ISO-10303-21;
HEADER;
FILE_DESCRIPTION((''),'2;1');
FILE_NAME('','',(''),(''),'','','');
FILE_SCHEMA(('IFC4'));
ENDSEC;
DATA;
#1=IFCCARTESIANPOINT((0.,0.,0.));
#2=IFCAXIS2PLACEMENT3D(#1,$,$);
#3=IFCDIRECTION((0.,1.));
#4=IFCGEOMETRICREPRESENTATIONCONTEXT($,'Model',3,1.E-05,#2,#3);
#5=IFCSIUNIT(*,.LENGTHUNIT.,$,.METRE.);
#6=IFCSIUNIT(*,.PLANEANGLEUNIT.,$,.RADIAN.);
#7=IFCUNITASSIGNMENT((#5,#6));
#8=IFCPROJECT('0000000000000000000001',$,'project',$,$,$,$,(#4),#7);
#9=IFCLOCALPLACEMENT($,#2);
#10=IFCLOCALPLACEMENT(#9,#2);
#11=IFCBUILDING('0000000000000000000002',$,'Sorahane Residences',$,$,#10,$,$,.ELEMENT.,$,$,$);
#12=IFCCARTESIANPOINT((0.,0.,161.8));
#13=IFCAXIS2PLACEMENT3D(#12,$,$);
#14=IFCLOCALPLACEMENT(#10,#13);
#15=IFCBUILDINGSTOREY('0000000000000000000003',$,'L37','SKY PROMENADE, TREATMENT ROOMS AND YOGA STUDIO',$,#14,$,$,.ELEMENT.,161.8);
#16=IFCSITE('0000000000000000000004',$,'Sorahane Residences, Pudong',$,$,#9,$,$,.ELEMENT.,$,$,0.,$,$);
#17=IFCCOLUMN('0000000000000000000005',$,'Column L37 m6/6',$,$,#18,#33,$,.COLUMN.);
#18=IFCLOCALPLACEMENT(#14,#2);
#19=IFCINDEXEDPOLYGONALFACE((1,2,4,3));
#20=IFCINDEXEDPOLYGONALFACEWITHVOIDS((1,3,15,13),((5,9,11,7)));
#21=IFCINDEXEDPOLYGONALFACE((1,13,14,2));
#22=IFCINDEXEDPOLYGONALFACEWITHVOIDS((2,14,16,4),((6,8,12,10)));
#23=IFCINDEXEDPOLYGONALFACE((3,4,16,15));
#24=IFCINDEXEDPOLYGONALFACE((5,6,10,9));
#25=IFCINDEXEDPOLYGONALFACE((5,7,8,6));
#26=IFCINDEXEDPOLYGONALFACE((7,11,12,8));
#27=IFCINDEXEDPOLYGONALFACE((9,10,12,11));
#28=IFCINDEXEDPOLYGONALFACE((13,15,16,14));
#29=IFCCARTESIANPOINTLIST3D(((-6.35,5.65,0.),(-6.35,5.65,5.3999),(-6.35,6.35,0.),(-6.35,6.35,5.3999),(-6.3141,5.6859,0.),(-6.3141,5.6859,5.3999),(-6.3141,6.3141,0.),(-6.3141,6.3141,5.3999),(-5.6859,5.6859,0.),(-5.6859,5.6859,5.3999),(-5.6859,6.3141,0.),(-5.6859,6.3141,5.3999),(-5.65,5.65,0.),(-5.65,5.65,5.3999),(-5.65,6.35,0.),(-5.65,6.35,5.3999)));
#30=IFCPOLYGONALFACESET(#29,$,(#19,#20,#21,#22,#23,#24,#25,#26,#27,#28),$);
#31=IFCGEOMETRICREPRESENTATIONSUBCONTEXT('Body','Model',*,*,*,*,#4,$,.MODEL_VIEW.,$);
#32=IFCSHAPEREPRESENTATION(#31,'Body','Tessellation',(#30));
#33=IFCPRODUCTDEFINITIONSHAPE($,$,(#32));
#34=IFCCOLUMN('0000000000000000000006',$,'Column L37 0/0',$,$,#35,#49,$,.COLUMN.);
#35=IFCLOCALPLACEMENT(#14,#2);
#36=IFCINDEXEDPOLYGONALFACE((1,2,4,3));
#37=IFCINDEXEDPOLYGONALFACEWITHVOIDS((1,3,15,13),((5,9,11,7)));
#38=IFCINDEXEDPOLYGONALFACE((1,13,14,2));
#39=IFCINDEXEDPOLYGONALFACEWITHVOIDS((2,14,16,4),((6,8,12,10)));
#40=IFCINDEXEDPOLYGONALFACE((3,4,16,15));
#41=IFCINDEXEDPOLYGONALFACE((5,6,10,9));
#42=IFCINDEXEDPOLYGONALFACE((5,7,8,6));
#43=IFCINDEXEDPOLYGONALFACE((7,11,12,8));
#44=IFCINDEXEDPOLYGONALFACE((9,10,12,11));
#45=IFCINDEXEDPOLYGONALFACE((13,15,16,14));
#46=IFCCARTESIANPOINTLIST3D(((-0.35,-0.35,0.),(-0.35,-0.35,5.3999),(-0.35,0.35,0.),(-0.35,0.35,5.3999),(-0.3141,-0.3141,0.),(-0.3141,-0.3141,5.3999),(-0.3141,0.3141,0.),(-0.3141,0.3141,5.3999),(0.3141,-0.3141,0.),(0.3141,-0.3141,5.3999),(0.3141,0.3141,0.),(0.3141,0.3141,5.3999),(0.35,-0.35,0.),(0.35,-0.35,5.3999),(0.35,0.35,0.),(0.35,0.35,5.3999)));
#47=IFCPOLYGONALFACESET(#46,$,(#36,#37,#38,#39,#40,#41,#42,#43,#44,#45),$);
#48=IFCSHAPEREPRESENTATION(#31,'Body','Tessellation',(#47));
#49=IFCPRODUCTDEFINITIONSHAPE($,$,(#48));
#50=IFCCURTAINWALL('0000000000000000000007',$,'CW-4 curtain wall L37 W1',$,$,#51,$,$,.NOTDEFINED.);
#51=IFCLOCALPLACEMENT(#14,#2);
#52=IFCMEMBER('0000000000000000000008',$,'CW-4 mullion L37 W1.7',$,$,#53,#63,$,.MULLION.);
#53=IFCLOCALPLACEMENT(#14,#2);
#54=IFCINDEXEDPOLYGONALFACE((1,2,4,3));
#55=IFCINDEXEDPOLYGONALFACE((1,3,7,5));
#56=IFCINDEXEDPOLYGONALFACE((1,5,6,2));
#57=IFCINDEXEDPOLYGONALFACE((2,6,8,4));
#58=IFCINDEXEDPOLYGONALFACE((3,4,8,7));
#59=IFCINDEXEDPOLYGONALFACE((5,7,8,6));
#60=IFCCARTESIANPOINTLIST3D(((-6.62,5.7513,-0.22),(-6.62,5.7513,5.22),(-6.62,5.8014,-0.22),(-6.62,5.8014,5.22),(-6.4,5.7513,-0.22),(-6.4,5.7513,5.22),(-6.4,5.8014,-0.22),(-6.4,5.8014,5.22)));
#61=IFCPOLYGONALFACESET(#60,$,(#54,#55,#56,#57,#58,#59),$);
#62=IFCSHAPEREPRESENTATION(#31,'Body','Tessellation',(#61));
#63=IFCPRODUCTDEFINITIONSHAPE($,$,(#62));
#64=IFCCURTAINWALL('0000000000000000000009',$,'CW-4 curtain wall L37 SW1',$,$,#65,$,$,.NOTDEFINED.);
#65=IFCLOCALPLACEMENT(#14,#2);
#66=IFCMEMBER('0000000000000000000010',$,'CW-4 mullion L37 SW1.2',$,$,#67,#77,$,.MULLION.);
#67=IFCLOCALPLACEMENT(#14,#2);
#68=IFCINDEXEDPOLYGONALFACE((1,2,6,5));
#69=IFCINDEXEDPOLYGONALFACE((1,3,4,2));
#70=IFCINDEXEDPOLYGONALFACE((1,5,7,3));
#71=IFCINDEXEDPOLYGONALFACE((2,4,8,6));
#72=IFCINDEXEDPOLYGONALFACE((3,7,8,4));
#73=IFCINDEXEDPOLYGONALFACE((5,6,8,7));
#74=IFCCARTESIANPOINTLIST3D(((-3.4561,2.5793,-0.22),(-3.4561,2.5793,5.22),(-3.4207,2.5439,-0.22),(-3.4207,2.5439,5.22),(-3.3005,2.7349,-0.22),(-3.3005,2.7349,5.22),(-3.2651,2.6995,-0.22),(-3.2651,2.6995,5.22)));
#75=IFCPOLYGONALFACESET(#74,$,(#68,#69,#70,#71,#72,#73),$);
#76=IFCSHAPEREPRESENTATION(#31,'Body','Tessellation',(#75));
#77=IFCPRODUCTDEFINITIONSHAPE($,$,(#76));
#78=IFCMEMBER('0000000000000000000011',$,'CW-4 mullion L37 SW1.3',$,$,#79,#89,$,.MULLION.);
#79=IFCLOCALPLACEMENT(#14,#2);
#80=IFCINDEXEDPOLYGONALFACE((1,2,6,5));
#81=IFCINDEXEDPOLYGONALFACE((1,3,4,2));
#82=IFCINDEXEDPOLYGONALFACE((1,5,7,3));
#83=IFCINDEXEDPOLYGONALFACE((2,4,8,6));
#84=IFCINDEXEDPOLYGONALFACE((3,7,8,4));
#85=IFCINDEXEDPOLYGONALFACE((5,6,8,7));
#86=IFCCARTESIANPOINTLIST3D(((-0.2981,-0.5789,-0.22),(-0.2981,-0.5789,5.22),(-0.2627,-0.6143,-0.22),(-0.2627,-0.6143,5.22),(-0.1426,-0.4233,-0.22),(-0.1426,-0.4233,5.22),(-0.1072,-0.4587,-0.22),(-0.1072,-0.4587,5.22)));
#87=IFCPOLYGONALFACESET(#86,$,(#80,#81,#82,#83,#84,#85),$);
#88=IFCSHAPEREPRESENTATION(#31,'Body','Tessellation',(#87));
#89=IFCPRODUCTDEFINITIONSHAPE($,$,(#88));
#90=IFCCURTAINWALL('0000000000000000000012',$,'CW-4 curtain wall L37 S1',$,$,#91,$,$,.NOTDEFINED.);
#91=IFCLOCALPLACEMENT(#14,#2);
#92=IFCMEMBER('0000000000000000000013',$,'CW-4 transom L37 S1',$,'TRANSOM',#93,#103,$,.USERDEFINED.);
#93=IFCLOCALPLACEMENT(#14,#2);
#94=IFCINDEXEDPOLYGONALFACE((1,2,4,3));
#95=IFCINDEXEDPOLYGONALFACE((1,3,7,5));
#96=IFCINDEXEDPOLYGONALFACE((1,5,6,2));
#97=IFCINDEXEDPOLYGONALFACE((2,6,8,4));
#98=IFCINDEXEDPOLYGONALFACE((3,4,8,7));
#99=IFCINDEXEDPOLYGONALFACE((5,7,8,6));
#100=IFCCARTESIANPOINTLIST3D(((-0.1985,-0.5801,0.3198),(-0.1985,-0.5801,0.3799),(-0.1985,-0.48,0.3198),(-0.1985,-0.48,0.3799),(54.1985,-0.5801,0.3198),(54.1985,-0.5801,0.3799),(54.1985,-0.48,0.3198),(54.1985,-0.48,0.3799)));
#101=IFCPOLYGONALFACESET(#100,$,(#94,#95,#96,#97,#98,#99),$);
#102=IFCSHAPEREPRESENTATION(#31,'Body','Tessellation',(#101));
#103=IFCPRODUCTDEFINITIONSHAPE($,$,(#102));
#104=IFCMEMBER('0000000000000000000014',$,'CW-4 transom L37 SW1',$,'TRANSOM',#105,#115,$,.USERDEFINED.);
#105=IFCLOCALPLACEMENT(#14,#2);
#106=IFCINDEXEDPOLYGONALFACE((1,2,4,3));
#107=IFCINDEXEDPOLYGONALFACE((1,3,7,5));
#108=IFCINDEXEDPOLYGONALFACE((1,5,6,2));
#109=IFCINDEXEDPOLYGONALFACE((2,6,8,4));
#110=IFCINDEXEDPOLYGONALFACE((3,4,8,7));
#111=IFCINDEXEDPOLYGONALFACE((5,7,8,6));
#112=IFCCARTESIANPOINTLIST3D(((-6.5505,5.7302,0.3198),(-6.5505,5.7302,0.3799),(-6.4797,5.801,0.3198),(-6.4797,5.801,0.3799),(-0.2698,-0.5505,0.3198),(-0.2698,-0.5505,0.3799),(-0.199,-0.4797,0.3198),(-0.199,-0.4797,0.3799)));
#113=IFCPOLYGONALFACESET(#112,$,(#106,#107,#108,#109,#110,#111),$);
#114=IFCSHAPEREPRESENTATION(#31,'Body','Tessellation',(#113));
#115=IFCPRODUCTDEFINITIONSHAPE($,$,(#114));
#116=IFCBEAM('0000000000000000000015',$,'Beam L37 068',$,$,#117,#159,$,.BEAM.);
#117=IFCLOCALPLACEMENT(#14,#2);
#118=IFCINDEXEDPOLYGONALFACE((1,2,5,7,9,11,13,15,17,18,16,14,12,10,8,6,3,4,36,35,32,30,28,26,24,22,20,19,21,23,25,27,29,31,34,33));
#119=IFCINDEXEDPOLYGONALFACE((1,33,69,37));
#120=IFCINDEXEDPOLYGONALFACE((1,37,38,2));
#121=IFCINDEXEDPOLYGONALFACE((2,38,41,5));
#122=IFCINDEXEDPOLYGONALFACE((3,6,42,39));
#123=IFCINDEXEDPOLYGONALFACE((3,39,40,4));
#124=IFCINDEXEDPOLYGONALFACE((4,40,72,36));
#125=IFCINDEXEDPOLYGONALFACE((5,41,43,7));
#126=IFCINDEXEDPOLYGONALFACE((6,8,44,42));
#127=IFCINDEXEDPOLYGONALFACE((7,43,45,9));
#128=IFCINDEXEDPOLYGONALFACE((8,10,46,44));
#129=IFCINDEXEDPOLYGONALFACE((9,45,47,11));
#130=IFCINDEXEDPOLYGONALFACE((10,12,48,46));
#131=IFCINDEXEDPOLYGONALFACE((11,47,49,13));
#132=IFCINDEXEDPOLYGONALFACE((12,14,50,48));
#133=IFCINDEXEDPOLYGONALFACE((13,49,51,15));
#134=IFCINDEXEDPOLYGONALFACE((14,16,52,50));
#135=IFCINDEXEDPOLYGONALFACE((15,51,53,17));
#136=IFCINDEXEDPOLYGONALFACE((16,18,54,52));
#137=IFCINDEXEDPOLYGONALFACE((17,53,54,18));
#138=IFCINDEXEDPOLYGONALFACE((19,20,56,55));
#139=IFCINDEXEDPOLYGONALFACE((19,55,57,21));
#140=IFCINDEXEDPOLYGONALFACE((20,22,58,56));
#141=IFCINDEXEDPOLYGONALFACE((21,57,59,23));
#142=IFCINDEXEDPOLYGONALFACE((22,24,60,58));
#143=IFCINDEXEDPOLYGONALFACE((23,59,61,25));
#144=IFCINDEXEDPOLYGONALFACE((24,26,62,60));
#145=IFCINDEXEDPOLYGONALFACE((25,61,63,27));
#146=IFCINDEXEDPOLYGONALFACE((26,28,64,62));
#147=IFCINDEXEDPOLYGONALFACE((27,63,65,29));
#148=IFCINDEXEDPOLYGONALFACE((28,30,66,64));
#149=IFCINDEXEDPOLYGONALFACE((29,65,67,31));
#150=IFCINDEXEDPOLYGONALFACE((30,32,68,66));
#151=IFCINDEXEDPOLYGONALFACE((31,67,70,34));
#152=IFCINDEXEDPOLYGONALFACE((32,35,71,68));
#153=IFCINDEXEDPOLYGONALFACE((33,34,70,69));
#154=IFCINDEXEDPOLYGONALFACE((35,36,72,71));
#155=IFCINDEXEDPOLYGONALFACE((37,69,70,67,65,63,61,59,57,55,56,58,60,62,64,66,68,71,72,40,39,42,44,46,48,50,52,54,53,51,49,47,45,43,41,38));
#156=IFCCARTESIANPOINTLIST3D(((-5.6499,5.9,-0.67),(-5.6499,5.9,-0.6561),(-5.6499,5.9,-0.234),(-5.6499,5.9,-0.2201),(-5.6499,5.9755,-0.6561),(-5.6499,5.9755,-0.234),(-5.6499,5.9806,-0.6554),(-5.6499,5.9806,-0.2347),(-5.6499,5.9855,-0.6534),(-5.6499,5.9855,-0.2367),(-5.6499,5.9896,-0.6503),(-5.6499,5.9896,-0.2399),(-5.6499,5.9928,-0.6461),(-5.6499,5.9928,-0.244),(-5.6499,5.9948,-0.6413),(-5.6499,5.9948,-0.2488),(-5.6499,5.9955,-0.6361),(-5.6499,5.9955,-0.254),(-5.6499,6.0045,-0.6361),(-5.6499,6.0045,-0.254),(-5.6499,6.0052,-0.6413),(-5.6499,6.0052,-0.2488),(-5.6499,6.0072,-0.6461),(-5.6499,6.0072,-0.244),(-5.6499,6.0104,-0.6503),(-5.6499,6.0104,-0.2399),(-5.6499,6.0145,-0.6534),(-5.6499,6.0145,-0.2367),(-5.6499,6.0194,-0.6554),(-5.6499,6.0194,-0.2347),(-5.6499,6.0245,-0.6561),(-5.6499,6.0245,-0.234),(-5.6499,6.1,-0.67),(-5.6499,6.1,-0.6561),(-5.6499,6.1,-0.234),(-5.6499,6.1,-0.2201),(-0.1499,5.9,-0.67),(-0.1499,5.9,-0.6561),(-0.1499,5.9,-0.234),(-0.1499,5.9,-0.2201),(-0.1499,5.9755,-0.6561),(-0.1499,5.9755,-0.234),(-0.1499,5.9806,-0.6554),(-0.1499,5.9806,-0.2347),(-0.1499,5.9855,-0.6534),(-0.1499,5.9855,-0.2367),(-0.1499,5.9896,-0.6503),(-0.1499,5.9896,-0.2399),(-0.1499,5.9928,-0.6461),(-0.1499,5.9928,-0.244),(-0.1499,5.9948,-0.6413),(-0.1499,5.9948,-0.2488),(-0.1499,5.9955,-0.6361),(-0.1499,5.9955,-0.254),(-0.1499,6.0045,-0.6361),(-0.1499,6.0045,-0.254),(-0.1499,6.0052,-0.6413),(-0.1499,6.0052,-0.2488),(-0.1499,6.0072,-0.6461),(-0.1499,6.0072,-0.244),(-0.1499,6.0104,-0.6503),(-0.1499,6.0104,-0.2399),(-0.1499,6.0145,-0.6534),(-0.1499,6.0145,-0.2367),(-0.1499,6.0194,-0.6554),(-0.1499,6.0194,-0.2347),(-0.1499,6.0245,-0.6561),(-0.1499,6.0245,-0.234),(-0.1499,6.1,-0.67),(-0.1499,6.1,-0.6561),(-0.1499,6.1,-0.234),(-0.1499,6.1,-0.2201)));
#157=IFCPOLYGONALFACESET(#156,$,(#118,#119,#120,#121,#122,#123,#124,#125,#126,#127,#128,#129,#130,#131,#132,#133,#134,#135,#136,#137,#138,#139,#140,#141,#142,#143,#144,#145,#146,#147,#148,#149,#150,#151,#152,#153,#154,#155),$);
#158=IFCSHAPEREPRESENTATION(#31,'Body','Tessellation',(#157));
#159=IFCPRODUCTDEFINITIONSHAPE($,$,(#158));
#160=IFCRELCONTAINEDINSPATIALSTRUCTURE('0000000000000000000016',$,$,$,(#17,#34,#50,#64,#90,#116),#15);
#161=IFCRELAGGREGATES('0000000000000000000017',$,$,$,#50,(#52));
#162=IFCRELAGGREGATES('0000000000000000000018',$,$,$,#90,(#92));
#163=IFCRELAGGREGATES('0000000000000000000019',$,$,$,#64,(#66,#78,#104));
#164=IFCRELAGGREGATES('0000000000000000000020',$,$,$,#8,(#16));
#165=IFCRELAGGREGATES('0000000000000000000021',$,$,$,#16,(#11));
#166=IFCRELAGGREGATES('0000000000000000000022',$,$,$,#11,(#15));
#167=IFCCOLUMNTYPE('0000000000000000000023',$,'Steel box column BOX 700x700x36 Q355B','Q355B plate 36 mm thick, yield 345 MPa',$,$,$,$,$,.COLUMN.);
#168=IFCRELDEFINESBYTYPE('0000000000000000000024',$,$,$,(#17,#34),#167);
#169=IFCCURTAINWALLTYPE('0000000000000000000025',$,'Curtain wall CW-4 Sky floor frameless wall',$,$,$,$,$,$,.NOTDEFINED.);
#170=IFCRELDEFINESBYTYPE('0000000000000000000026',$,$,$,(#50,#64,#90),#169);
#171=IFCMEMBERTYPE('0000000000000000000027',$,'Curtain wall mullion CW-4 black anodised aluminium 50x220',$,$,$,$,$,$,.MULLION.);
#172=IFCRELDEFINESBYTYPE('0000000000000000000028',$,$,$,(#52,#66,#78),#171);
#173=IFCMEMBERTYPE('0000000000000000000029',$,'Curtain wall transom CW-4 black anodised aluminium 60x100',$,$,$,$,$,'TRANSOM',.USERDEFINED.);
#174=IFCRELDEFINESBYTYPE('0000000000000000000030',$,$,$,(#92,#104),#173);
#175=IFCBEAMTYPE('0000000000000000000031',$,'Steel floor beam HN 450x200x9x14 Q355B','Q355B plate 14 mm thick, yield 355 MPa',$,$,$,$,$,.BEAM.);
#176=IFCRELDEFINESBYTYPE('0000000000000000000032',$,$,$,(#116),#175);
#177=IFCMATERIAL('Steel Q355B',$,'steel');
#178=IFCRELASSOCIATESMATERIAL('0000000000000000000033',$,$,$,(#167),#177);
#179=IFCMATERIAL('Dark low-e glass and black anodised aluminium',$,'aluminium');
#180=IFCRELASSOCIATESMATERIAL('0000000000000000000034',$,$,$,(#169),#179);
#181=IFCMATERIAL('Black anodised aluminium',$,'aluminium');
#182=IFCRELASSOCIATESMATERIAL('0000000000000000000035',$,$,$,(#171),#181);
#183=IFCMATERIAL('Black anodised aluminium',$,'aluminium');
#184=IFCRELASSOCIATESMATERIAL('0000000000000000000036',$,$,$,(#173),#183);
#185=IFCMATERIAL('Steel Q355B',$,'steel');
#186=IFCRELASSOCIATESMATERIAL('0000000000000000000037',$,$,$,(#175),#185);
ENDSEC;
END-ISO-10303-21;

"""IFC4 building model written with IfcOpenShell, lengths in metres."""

from ifc_helpers import new_model, si_unit, direction, frame, origin, origin_2d, place, context, subcontext, project, spatial, rectangle, hollow_rectangle, i_section, extrude, material, material_profile, profile_set, type_object, element, aggregate, save


model = new_model("IFC4")

# Units and contexts
model_context = context("Model", 3, precision=1e-05, world=origin(), true_north=direction((0.0, 1.0)))
body_context = subcontext(model_context, "Body", "Model", "MODEL_VIEW")
ifc_project = project(units=[si_unit("LENGTHUNIT", "METRE"), si_unit("PLANEANGLEUNIT", "RADIAN")], contexts=[model_context])

# Site, building, storey
site_placement = place(None, origin())
site = spatial("IfcSite", under=ifc_project, at=site_placement, Name="Sorahane Residences, Pudong", CompositionType="ELEMENT", RefElevation=0.0)
building_placement = place(site_placement, origin())
building = spatial("IfcBuilding", under=site, at=building_placement, Name="Sorahane Residences", CompositionType="ELEMENT")
storey_placement = place(building_placement, frame((0.0, 0.0, 161.8)))
storey = spatial("IfcBuildingStorey", under=building, at=storey_placement, Name="L37", Description="SKY PROMENADE, TREATMENT ROOMS AND YOGA STUDIO", CompositionType="ELEMENT", Elevation=161.8)

# Columns
ifc_material_1 = material(Name="Steel Q355B", Category="steel")
ifc_material_profile_1 = material_profile(ifc_material_1, hollow_rectangle(XDim=0.7, YDim=0.7, WallThickness=0.0359, at=origin_2d()), Name="BOX 700x700x36")
ifc_profile_set_1 = profile_set([ifc_material_profile_1], Name="Steel Q355B")
column_type = type_object("IfcColumnType", Name="Steel box column BOX 700x700x36 Q355B", Description="Q355B plate 36 mm thick, yield 345 MPa", PredefinedType="COLUMN", material=ifc_profile_set_1)
for number, where, z_axis, x_axis, name in (
    (1, (-6.0, 6.0, 0.0), (0.0, 0.0, 1.0), (1.0, 0.0, 0.0), "Column L37 m6/6"),
    (2, (0.0, 0.0, 0.0), (0.0, 0.0, 1.0), (1.0, 0.0, 0.0), "Column L37 0/0"),
):
    element("IfcColumn", number, at=place(storey_placement, frame(where, z_axis=z_axis, x_axis=x_axis)), inside=storey, type_object=column_type, Name=name, PredefinedType="COLUMN", context=body_context, shape_type="SweptSolid", body=[
        extrude(hollow_rectangle(XDim=0.7, YDim=0.7, WallThickness=0.0359, at=origin_2d()), origin(), (0.0, 0.0, 1.0), 5.3999),
    ])

# Curtain wall, member
ifc_material_2 = material(Name="Dark low-e glass and black anodised aluminium", Category="aluminium")
curtain_wall_type = type_object("IfcCurtainWallType", Name="Curtain wall CW-4 Sky floor frameless wall", PredefinedType="NOTDEFINED", material=ifc_material_2)
curtain_wall_1_placement = place(storey_placement, origin())
curtain_wall_1 = element("IfcCurtainWall", 3, at=curtain_wall_1_placement, inside=storey, type_object=curtain_wall_type, Name="CW-4 curtain wall L37 W1", PredefinedType="NOTDEFINED")
ifc_material_3 = material(Name="Black anodised aluminium", Category="aluminium")
ifc_material_profile_2 = material_profile(ifc_material_3, rectangle(XDim=0.22, YDim=0.05, at=origin_2d()), Name="Curtain wall mullion CW-4 black anodised aluminium 50x220")
ifc_profile_set_2 = profile_set([ifc_material_profile_2], Name="Black anodised aluminium")
member_type_1 = type_object("IfcMemberType", Name="Curtain wall mullion CW-4 black anodised aluminium 50x220", PredefinedType="MULLION", material=ifc_profile_set_2)
member_1_placement = place(storey_placement, frame((-6.51, 5.7764, -0.22), z_axis=(0.0, 0.0, 1.0), x_axis=(-1.0, 0.0, 0.0)))
member_1 = element("IfcMember", 4, at=member_1_placement, type_object=member_type_1, Name="CW-4 mullion L37 W1.7", PredefinedType="MULLION", context=body_context, shape_type="SweptSolid", body=[
    extrude(rectangle(XDim=0.22, YDim=0.05, at=origin_2d()), origin(), (0.0, 0.0, 1.0), 5.4399),
])
aggregate(curtain_wall_1, [member_1])

# Curtain wall, members
curtain_wall_2_placement = place(storey_placement, origin())
curtain_wall_2 = element("IfcCurtainWall", 5, at=curtain_wall_2_placement, inside=storey, type_object=curtain_wall_type, Name="CW-4 curtain wall L37 SW1", PredefinedType="NOTDEFINED")
member_2_placement = place(storey_placement, frame((-3.3606, 2.6394, -0.22), z_axis=(0.0, 0.0, 1.0), x_axis=(-0.707107, -0.707107, 0.0)))
member_2 = element("IfcMember", 6, at=member_2_placement, type_object=member_type_1, Name="CW-4 mullion L37 SW1.2", PredefinedType="MULLION", context=body_context, shape_type="SweptSolid", body=[
    extrude(rectangle(XDim=0.22, YDim=0.05, at=origin_2d()), origin(), (0.0, 0.0, 1.0), 5.4399),
])
member_3_placement = place(storey_placement, frame((-0.2026, -0.5188, -0.22), z_axis=(0.0, 0.0, 1.0), x_axis=(-0.707107, -0.707107, 0.0)))
member_3 = element("IfcMember", 7, at=member_3_placement, type_object=member_type_1, Name="CW-4 mullion L37 SW1.3", PredefinedType="MULLION", context=body_context, shape_type="SweptSolid", body=[
    extrude(rectangle(XDim=0.22, YDim=0.05, at=origin_2d()), origin(), (0.0, 0.0, 1.0), 5.4399),
])

# Curtain wall, member
curtain_wall_3_placement = place(storey_placement, origin())
curtain_wall_3 = element("IfcCurtainWall", 8, at=curtain_wall_3_placement, inside=storey, type_object=curtain_wall_type, Name="CW-4 curtain wall L37 S1", PredefinedType="NOTDEFINED")
ifc_material_4 = material(Name="Black anodised aluminium", Category="aluminium")
ifc_material_profile_3 = material_profile(ifc_material_4, rectangle(XDim=0.1001, YDim=0.0601, at=origin_2d()), Name="Curtain wall transom CW-4 black anodised aluminium 60x100")
ifc_profile_set_3 = profile_set([ifc_material_profile_3], Name="Black anodised aluminium")
member_type_2 = type_object("IfcMemberType", Name="Curtain wall transom CW-4 black anodised aluminium 60x100", ElementType="TRANSOM", PredefinedType="USERDEFINED", material=ifc_profile_set_3)
member_4_placement = place(storey_placement, frame((-0.1985, -0.53, 0.3499), z_axis=(1.0, 0.0, 0.0), x_axis=(0.0, 1.0, 0.0)))
member_4 = element("IfcMember", 9, at=member_4_placement, type_object=member_type_2, Name="CW-4 transom L37 S1", ObjectType="TRANSOM", PredefinedType="USERDEFINED", context=body_context, shape_type="SweptSolid", body=[
    extrude(rectangle(XDim=0.1001, YDim=0.0601, at=origin_2d()), origin(), (0.0, 0.0, 1.0), 54.397),
])
aggregate(curtain_wall_3, [member_4])

# Member
member_5_placement = place(storey_placement, frame((-6.5151, 5.7656, 0.3499), z_axis=(0.707107, -0.707107, 0.0), x_axis=(0.707107, 0.707107, 0.0)))
member_5 = element("IfcMember", 10, at=member_5_placement, type_object=member_type_2, Name="CW-4 transom L37 SW1", ObjectType="TRANSOM", PredefinedType="USERDEFINED", context=body_context, shape_type="SweptSolid", body=[
    extrude(rectangle(XDim=0.1001, YDim=0.0601, at=origin_2d()), origin(), (0.0, 0.0, 1.0), 8.8823),
])

# Beam
ifc_material_5 = material(Name="Steel Q355B", Category="steel")
ifc_material_profile_4 = material_profile(ifc_material_5, i_section(OverallWidth=0.2, OverallDepth=0.45, WebThickness=0.009, FlangeThickness=0.0139, FilletRadius=0.02, at=origin_2d()), Name="HN 450x200x9x14")
ifc_profile_set_4 = profile_set([ifc_material_profile_4], Name="Steel Q355B")
beam_type_1 = type_object("IfcBeamType", Name="Steel floor beam HN 450x200x9x14 Q355B", Description="Q355B plate 14 mm thick, yield 355 MPa", PredefinedType="BEAM", material=ifc_profile_set_4)
beam_1_placement = place(storey_placement, frame((-5.6499, 6.0, -0.4451), z_axis=(1.0, 0.0, 0.0), x_axis=(0.0, 1.0, 0.0)))
element("IfcBeam", 11, at=beam_1_placement, inside=storey, type_object=beam_type_1, Name="Beam L37 068", PredefinedType="BEAM", context=body_context, shape_type="SweptSolid", body=[
    extrude(i_section(OverallWidth=0.2, OverallDepth=0.45, WebThickness=0.009, FlangeThickness=0.0139, FilletRadius=0.02, at=origin_2d()), origin(), (0.0, 0.0, 1.0), 5.5),
])

aggregate(curtain_wall_2, [member_2, member_3, member_5])

save(model, "model.ifc")
